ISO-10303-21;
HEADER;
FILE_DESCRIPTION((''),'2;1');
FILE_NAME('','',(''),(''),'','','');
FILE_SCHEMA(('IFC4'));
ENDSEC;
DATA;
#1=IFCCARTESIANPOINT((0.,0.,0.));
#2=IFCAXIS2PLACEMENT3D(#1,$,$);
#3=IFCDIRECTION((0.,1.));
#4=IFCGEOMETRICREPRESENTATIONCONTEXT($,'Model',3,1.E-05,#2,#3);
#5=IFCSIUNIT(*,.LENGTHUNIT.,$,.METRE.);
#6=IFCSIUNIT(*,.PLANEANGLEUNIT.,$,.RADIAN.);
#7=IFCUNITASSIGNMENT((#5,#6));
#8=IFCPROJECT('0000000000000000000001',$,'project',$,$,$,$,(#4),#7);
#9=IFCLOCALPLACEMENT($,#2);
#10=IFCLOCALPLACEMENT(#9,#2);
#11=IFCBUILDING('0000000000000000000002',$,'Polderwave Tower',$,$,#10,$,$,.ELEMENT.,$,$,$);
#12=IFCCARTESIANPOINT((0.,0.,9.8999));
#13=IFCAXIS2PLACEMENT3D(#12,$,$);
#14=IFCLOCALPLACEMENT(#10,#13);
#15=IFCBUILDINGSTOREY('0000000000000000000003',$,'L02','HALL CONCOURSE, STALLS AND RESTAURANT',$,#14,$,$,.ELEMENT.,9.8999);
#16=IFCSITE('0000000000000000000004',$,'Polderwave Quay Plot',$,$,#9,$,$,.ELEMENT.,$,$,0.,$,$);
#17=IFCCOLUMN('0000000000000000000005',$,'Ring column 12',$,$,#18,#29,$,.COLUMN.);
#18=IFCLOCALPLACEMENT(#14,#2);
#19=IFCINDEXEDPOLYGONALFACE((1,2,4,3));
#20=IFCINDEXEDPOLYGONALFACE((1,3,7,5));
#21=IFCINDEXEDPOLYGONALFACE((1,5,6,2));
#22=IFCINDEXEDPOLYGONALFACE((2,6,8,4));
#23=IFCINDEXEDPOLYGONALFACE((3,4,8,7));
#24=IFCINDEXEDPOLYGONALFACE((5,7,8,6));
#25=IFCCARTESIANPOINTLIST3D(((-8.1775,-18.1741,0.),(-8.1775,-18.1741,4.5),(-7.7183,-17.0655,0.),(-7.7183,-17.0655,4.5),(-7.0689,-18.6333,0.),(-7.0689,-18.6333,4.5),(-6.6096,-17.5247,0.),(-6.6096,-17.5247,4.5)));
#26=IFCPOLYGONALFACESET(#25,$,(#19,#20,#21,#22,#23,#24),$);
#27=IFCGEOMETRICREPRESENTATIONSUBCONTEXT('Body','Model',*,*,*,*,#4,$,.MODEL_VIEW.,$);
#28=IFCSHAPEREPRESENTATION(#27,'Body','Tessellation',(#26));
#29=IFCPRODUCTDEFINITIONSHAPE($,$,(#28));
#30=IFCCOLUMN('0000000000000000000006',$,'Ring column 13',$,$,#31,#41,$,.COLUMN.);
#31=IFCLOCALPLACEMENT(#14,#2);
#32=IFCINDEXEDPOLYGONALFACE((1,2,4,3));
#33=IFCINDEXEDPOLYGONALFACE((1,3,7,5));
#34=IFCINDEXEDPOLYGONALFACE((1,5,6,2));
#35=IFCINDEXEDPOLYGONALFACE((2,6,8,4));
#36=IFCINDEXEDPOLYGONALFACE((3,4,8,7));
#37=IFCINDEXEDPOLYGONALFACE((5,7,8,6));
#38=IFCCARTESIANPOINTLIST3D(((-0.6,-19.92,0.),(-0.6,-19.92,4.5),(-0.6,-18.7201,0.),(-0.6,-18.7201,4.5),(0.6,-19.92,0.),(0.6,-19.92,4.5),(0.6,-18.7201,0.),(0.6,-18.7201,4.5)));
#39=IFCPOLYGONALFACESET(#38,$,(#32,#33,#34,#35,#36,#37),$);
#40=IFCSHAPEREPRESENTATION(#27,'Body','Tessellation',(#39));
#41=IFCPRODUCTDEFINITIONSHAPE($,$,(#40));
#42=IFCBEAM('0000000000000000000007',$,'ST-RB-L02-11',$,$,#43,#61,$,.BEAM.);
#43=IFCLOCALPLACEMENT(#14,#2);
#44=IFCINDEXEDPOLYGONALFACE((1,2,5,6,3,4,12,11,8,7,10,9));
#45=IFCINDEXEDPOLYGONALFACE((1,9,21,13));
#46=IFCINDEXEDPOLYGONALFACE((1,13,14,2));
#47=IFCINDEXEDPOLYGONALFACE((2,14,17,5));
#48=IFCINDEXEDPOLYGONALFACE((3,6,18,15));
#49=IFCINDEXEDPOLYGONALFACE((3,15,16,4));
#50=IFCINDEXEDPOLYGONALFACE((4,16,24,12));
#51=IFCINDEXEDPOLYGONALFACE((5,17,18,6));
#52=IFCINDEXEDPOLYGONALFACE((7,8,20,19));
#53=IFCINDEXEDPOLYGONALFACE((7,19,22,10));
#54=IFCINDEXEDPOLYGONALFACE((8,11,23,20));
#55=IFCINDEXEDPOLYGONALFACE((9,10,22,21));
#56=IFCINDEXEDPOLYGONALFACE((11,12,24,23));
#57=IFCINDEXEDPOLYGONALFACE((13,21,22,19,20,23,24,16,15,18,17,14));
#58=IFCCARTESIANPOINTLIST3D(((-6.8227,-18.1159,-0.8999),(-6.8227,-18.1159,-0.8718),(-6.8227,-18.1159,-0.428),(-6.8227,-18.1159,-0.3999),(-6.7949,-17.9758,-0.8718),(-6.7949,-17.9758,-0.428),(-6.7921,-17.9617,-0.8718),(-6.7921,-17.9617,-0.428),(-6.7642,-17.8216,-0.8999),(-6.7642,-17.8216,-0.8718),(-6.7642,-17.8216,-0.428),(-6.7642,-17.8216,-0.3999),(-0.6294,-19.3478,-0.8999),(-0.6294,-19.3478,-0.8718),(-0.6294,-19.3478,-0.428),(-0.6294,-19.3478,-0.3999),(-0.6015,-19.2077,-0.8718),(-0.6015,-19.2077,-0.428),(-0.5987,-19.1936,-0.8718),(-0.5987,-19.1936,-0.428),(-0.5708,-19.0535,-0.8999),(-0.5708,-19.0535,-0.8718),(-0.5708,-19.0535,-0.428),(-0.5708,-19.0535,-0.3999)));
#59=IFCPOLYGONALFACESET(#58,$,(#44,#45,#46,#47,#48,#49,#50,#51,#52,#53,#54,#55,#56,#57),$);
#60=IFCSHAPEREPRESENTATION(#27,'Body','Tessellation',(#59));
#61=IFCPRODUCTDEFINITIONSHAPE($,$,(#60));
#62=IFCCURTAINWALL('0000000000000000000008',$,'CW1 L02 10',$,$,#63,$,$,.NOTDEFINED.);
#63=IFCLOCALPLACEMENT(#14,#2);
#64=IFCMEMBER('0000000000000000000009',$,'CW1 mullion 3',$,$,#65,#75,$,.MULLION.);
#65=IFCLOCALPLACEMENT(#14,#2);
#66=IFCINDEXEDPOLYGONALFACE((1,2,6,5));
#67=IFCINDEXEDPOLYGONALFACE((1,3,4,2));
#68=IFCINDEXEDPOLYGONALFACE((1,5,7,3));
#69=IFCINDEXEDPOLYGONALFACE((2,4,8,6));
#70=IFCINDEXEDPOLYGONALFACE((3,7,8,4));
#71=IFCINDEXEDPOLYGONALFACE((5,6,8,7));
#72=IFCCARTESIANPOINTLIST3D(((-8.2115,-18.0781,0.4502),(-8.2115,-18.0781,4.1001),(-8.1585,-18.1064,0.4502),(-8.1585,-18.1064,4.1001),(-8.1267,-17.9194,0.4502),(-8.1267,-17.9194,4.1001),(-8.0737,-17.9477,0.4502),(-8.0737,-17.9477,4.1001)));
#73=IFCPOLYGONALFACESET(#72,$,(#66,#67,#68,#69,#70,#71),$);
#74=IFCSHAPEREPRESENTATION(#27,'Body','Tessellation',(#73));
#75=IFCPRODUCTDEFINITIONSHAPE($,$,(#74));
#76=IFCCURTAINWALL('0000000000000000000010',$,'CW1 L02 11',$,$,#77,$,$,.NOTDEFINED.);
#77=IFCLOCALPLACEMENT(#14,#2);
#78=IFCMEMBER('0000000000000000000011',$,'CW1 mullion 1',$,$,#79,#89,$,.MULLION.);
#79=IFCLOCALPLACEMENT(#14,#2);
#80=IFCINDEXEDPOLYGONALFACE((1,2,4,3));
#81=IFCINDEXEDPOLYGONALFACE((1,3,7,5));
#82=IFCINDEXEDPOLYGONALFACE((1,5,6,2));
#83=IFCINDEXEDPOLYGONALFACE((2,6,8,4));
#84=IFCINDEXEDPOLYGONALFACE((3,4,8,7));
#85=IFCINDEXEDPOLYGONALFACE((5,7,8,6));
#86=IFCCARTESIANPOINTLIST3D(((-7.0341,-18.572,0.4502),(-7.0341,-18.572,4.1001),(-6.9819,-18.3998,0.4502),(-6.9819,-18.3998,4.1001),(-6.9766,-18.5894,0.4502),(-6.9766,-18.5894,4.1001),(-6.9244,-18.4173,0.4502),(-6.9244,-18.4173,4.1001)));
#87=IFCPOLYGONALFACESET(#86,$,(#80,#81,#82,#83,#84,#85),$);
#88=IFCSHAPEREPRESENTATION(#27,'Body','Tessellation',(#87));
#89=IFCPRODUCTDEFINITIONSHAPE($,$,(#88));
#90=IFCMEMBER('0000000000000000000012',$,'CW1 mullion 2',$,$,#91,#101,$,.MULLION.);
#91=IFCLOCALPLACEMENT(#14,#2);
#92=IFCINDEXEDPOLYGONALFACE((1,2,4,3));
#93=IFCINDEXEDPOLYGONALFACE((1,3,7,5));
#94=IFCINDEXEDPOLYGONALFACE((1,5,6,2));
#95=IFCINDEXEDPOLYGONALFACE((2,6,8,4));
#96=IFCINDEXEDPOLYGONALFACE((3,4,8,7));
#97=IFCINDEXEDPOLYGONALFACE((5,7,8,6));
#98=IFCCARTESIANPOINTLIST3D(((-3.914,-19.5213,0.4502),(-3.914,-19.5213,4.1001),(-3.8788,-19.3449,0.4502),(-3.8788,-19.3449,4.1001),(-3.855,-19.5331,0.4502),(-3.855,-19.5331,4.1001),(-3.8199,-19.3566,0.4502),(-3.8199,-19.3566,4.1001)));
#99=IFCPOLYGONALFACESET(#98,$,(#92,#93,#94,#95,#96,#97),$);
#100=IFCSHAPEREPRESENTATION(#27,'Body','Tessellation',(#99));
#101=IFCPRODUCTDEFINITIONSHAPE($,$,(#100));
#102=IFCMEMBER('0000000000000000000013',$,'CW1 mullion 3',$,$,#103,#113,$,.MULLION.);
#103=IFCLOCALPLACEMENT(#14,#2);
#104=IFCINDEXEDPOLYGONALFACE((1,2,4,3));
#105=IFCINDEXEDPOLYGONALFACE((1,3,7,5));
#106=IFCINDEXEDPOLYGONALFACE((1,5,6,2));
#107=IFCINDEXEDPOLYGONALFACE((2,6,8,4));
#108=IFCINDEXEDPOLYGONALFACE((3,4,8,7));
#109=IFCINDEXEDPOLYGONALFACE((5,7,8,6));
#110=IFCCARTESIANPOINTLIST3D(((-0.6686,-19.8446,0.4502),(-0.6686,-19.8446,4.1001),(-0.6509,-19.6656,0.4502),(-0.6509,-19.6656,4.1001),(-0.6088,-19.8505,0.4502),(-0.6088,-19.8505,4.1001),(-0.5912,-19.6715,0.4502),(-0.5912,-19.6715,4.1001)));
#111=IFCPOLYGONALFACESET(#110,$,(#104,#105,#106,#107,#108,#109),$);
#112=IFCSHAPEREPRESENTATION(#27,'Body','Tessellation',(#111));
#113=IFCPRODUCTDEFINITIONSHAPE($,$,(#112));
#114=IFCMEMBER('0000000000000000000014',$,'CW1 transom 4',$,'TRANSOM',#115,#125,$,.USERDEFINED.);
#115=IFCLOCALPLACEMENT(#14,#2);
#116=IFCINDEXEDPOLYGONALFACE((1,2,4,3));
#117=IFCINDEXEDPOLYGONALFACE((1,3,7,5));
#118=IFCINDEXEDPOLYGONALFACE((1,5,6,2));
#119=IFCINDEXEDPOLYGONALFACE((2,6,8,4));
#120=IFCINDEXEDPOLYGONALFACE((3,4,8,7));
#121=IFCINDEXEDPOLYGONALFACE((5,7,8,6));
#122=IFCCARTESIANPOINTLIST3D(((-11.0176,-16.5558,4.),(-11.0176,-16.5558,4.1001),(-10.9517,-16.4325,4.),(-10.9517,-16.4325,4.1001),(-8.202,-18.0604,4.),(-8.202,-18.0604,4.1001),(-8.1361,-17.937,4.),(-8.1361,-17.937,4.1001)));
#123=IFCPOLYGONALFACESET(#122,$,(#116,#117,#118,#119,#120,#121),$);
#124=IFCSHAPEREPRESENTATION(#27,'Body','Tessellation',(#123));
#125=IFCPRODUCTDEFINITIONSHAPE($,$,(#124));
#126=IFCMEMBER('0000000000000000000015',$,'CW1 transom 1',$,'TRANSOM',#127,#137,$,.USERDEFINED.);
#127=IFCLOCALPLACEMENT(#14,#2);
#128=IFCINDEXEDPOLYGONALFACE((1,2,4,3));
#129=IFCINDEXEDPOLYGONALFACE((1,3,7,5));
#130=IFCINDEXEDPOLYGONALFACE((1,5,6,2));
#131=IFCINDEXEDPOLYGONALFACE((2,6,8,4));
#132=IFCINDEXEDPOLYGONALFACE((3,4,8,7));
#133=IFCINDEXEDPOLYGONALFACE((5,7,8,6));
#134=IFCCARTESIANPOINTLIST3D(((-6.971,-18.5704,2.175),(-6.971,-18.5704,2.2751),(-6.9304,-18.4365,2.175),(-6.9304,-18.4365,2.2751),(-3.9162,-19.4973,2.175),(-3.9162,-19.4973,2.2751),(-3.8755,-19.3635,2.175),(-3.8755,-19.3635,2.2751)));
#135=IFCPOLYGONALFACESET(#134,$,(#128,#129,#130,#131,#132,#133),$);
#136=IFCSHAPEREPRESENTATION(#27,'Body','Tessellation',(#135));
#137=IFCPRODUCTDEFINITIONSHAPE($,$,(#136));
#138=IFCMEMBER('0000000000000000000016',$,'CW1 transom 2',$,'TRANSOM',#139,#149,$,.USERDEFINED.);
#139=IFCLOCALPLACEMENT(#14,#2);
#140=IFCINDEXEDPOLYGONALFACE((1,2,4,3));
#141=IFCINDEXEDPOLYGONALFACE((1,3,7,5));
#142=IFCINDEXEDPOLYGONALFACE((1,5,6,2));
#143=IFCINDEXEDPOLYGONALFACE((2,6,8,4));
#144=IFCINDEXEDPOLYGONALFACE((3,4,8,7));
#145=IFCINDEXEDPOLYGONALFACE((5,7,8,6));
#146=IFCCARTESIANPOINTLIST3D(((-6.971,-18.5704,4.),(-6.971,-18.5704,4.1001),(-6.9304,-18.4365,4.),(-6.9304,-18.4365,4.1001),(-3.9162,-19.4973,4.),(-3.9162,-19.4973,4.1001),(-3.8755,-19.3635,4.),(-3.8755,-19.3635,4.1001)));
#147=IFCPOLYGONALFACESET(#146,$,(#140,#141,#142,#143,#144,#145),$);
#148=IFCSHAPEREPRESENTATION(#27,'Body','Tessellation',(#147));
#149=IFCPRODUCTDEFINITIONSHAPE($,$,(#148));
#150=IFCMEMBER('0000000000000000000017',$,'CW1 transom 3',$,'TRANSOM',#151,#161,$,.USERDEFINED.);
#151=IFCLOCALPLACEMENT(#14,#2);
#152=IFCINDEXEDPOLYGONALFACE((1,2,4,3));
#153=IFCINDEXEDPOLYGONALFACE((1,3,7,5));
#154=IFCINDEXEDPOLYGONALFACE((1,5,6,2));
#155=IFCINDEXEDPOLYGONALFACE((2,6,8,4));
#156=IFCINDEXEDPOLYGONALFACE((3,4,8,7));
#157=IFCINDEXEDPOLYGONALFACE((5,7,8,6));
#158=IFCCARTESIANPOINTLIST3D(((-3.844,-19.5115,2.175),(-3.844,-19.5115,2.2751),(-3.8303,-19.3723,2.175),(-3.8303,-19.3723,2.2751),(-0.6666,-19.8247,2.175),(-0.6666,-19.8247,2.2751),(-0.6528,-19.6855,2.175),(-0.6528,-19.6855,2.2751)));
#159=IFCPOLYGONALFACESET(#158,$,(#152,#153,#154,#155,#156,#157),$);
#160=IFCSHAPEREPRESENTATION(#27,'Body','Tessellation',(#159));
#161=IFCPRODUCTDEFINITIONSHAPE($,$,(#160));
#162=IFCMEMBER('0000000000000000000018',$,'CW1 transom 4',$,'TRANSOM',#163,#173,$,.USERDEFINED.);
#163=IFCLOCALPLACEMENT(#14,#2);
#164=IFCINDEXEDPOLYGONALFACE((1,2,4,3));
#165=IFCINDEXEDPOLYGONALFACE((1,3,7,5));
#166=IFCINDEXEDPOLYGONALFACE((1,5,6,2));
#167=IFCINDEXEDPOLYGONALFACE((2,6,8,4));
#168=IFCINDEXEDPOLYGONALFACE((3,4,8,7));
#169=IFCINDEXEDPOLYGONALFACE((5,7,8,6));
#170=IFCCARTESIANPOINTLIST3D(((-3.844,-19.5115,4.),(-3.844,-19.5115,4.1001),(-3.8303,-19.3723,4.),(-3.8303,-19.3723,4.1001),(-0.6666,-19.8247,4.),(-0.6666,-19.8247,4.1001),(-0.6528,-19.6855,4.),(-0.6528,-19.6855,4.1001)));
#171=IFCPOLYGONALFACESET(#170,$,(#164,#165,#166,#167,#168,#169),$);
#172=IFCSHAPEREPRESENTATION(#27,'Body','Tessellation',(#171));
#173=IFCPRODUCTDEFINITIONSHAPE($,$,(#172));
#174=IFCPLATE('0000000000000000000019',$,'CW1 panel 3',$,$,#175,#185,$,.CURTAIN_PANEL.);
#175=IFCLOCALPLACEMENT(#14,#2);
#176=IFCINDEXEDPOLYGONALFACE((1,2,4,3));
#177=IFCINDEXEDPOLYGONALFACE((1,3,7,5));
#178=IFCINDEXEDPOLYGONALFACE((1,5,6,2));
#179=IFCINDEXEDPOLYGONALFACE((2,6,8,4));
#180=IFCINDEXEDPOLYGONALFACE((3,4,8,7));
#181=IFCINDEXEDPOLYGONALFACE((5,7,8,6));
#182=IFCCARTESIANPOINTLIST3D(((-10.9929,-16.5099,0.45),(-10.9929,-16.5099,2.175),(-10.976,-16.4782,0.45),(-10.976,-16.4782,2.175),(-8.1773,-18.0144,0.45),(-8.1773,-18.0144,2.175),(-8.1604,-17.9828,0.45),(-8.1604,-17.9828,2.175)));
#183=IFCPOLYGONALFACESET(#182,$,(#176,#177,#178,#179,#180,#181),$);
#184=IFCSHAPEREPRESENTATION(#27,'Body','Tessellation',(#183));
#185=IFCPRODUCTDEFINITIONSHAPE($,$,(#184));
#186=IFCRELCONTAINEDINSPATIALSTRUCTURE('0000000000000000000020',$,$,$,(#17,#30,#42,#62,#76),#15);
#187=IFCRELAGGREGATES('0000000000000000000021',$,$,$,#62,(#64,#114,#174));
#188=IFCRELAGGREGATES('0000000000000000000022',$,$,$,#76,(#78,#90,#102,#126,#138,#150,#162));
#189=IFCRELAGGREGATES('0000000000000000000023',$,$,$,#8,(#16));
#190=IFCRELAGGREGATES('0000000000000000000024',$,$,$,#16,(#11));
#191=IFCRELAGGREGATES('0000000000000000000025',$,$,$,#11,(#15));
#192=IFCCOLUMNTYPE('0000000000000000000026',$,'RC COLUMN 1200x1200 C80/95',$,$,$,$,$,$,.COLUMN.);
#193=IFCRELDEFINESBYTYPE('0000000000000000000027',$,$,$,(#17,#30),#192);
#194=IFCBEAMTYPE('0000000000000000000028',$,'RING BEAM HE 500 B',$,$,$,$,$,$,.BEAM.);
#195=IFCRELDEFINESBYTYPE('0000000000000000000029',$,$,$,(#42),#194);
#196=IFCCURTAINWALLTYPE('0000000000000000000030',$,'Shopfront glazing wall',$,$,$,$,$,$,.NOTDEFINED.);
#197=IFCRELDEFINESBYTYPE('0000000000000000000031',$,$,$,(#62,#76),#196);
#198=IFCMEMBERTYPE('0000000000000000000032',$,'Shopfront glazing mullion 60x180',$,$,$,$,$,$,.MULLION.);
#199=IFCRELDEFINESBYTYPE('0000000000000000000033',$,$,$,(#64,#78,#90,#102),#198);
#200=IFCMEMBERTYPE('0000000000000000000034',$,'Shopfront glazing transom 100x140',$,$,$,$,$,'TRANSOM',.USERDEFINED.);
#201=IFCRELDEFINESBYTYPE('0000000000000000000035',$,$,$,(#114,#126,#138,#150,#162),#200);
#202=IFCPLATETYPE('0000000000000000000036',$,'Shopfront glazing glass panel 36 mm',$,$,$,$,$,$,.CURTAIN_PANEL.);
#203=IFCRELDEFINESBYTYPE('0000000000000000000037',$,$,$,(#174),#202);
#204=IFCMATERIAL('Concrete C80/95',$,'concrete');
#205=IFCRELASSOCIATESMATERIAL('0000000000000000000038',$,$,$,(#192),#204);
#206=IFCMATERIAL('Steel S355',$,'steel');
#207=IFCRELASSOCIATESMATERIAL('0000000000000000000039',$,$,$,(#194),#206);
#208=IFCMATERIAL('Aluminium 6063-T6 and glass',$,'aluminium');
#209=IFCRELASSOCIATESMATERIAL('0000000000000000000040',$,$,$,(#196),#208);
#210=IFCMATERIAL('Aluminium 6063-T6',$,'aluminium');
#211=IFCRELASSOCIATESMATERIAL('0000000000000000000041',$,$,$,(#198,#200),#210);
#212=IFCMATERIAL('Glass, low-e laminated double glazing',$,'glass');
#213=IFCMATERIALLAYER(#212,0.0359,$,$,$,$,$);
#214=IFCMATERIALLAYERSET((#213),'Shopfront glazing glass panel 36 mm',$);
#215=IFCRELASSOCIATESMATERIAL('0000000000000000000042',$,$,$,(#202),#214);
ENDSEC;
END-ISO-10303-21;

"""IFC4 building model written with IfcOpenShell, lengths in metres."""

from ifc_helpers import new_model, si_unit, direction, frame, origin, origin_2d, place, context, subcontext, project, spatial, rectangle, i_section, extrude, material, layer, layer_set, material_profile, profile_set, type_object, element, aggregate, save


model = new_model("IFC4")

# Units and contexts
model_context = context("Model", 3, precision=1e-05, world=origin(), true_north=direction((0.0, 1.0)))
body_context = subcontext(model_context, "Body", "Model", "MODEL_VIEW")
ifc_project = project(units=[si_unit("LENGTHUNIT", "METRE"), si_unit("PLANEANGLEUNIT", "RADIAN")], contexts=[model_context])

# Site, building, storey
site_placement = place(None, origin())
site = spatial("IfcSite", under=ifc_project, at=site_placement, Name="Polderwave Quay Plot", CompositionType="ELEMENT", RefElevation=0.0)
building_placement = place(site_placement, origin())
building = spatial("IfcBuilding", under=site, at=building_placement, Name="Polderwave Tower", CompositionType="ELEMENT")
storey_placement = place(building_placement, frame((0.0, 0.0, 9.8999)))
storey = spatial("IfcBuildingStorey", under=building, at=storey_placement, Name="L02", Description="HALL CONCOURSE, STALLS AND RESTAURANT", CompositionType="ELEMENT", Elevation=9.8999)

# Columns
ifc_material_1 = material(Name="Concrete C80/95", Category="concrete")
ifc_material_profile_1 = material_profile(ifc_material_1, rectangle(XDim=1.2, YDim=1.2, at=origin_2d()), Name="RC 1200x1200")
ifc_profile_set_1 = profile_set([ifc_material_profile_1], Name="Concrete C80/95")
column_type = type_object("IfcColumnType", Name="RC COLUMN 1200x1200 C80/95", PredefinedType="COLUMN", material=ifc_profile_set_1)
for number, where, z_axis, x_axis, name in (
    (1, (-7.3936, -17.8494, 0.0), (0.0, 0.0, 1.0), (-0.382683, -0.92388, 0.0), "Ring column 12"),
    (2, (0.0, -19.3201, 0.0), (0.0, 0.0, 1.0), (0.0, -1.0, 0.0), "Ring column 13"),
):
    element("IfcColumn", number, at=place(storey_placement, frame(where, z_axis=z_axis, x_axis=x_axis)), inside=storey, type_object=column_type, Name=name, PredefinedType="COLUMN", context=body_context, shape_type="SweptSolid", body=[
        extrude(rectangle(XDim=1.2, YDim=1.2, at=origin_2d()), origin(), (0.0, 0.0, 1.0), 4.5),
    ])

# Beam
ifc_material_2 = material(Name="Steel S355", Category="steel")
ifc_material_profile_2 = material_profile(ifc_material_2, i_section(OverallWidth=0.3, OverallDepth=0.5, WebThickness=0.0144, FlangeThickness=0.0281, at=origin_2d()), Name="HE 500 B")
ifc_profile_set_2 = profile_set([ifc_material_profile_2], Name="Steel S355")
beam_type = type_object("IfcBeamType", Name="RING BEAM HE 500 B", PredefinedType="BEAM", material=ifc_profile_set_2)
beam_placement = place(storey_placement, frame((-6.7935, -17.9688, -0.6499), z_axis=(0.980785, -0.19509, 0.0), x_axis=(0.19509, 0.980785, 0.0)))
element("IfcBeam", 3, at=beam_placement, inside=storey, type_object=beam_type, Name="ST-RB-L02-11", PredefinedType="BEAM", context=body_context, shape_type="SweptSolid", body=[
    extrude(i_section(OverallWidth=0.3, OverallDepth=0.5, WebThickness=0.0144, FlangeThickness=0.0281, at=origin_2d()), origin(), (0.0, 0.0, 1.0), 6.3147),
])

# Curtain wall, member
ifc_material_3 = material(Name="Aluminium 6063-T6 and glass", Category="aluminium")
curtain_wall_type = type_object("IfcCurtainWallType", Name="Shopfront glazing wall", PredefinedType="NOTDEFINED", material=ifc_material_3)
curtain_wall_1_placement = place(storey_placement, origin())
curtain_wall_1 = element("IfcCurtainWall", 4, at=curtain_wall_1_placement, inside=storey, type_object=curtain_wall_type, Name="CW1 L02 10", PredefinedType="NOTDEFINED")
ifc_material_4 = material(Name="Aluminium 6063-T6", Category="aluminium")
ifc_material_profile_3 = material_profile(ifc_material_4, rectangle(XDim=0.1799, YDim=0.0601, at=origin_2d()), Name="AL 60x180")
ifc_profile_set_3 = profile_set([ifc_material_profile_3], Name="Aluminium 6063-T6")
member_type_1 = type_object("IfcMemberType", Name="Shopfront glazing mullion 60x180", PredefinedType="MULLION", material=ifc_profile_set_3)
member_1_placement = place(storey_placement, frame((-8.1426, -18.0129, 0.4502), z_axis=(0.0, 0.0, 1.0), x_axis=(0.4713, 0.881973, 0.0)))
member_1 = element("IfcMember", 5, at=member_1_placement, type_object=member_type_1, Name="CW1 mullion 3", PredefinedType="MULLION", context=body_context, shape_type="SweptSolid", body=[
    extrude(rectangle(XDim=0.1799, YDim=0.0601, at=origin_2d()), origin(), (0.0, 0.0, 1.0), 3.6499),
])

# Curtain wall, members
curtain_wall_2_placement = place(storey_placement, origin())
curtain_wall_2 = element("IfcCurtainWall", 6, at=curtain_wall_2_placement, inside=storey, type_object=curtain_wall_type, Name="CW1 L02 11", PredefinedType="NOTDEFINED")
member_2_placement = place(storey_placement, frame((-6.9792, -18.4946, 0.4502), z_axis=(0.0, 0.0, 1.0), x_axis=(0.290336, 0.956925, 0.0)))
member_2 = element("IfcMember", 7, at=member_2_placement, type_object=member_type_1, Name="CW1 mullion 1", PredefinedType="MULLION", context=body_context, shape_type="SweptSolid", body=[
    extrude(rectangle(XDim=0.1799, YDim=0.0601, at=origin_2d()), origin(), (0.0, 0.0, 1.0), 3.6499),
])
member_3_placement = place(storey_placement, frame((-3.8669, -19.439, 0.4502), z_axis=(0.0, 0.0, 1.0), x_axis=(0.195152, 0.980773, 0.0)))
member_3 = element("IfcMember", 8, at=member_3_placement, type_object=member_type_1, Name="CW1 mullion 2", PredefinedType="MULLION", context=body_context, shape_type="SweptSolid", body=[
    extrude(rectangle(XDim=0.1799, YDim=0.0601, at=origin_2d()), origin(), (0.0, 0.0, 1.0), 3.6499),
])
member_4_placement = place(storey_placement, frame((-0.6299, -19.7581, 0.4502), z_axis=(0.0, 0.0, 1.0), x_axis=(0.098087, 0.995178, 0.0)))
member_4 = element("IfcMember", 9, at=member_4_placement, type_object=member_type_1, Name="CW1 mullion 3", PredefinedType="MULLION", context=body_context, shape_type="SweptSolid", body=[
    extrude(rectangle(XDim=0.1799, YDim=0.0601, at=origin_2d()), origin(), (0.0, 0.0, 1.0), 3.6499),
])

# Members
ifc_material_profile_4 = material_profile(ifc_material_4, rectangle(XDim=0.1399, YDim=0.1001, at=origin_2d()), Name="AL 100x140")
ifc_profile_set_4 = profile_set([ifc_material_profile_4], Name="Aluminium 6063-T6")
member_type_2 = type_object("IfcMemberType", Name="Shopfront glazing transom 100x140", ElementType="TRANSOM", PredefinedType="USERDEFINED", material=ifc_profile_set_4)
member_5_placement = place(storey_placement, frame((-10.9846, -16.4941, 4.05), z_axis=(0.881969, -0.471307, 0.0), x_axis=(0.471307, 0.881969, 0.0)))
member_5 = element("IfcMember", 10, at=member_5_placement, type_object=member_type_2, Name="CW1 transom 4", ObjectType="TRANSOM", PredefinedType="USERDEFINED", context=body_context, shape_type="SweptSolid", body=[
    extrude(rectangle(XDim=0.1399, YDim=0.1001, at=origin_2d()), origin(), (0.0, 0.0, 1.0), 3.1924),
])
member_6_placement = place(storey_placement, frame((-6.9507, -18.5034, 2.2251), z_axis=(0.956914, -0.29037, 0.0), x_axis=(0.29037, 0.956914, 0.0)))
member_6 = element("IfcMember", 11, at=member_6_placement, type_object=member_type_2, Name="CW1 transom 1", ObjectType="TRANSOM", PredefinedType="USERDEFINED", context=body_context, shape_type="SweptSolid", body=[
    extrude(rectangle(XDim=0.1399, YDim=0.1001, at=origin_2d()), origin(), (0.0, 0.0, 1.0), 3.1924),
])
member_7_placement = place(storey_placement, frame((-6.9507, -18.5034, 4.05), z_axis=(0.956914, -0.29037, 0.0), x_axis=(0.29037, 0.956914, 0.0)))
member_7 = element("IfcMember", 12, at=member_7_placement, type_object=member_type_2, Name="CW1 transom 2", ObjectType="TRANSOM", PredefinedType="USERDEFINED", context=body_context, shape_type="SweptSolid", body=[
    extrude(rectangle(XDim=0.1399, YDim=0.1001, at=origin_2d()), origin(), (0.0, 0.0, 1.0), 3.1924),
])
member_8_placement = place(storey_placement, frame((-3.8372, -19.4419, 2.2251), z_axis=(0.995176, -0.098103, 0.0), x_axis=(0.098103, 0.995176, 0.0)))
member_8 = element("IfcMember", 13, at=member_8_placement, type_object=member_type_2, Name="CW1 transom 3", ObjectType="TRANSOM", PredefinedType="USERDEFINED", context=body_context, shape_type="SweptSolid", body=[
    extrude(rectangle(XDim=0.1399, YDim=0.1001, at=origin_2d()), origin(), (0.0, 0.0, 1.0), 3.1929),
])
member_9_placement = place(storey_placement, frame((-3.8372, -19.4419, 4.05), z_axis=(0.995176, -0.098103, 0.0), x_axis=(0.098103, 0.995176, 0.0)))
member_9 = element("IfcMember", 14, at=member_9_placement, type_object=member_type_2, Name="CW1 transom 4", ObjectType="TRANSOM", PredefinedType="USERDEFINED", context=body_context, shape_type="SweptSolid", body=[
    extrude(rectangle(XDim=0.1399, YDim=0.1001, at=origin_2d()), origin(), (0.0, 0.0, 1.0), 3.1929),
])

# Plate
ifc_material_5 = material(Name="Glass, low-e laminated double glazing", Category="glass")
ifc_layer_1 = layer(ifc_material_5, 0.0359)
ifc_layer_set_1 = layer_set([ifc_layer_1], Name="Shopfront glazing glass panel 36 mm")
plate_type = type_object("IfcPlateType", Name="Shopfront glazing glass panel 36 mm", PredefinedType="CURTAIN_PANEL", material=ifc_layer_set_1)
plate_1_placement = place(storey_placement, frame((-9.5767, -17.2463, 0.45), z_axis=(0.0, 0.0, 1.0), x_axis=(0.881973, -0.4713, 0.0)))
plate_1 = element("IfcPlate", 15, at=plate_1_placement, type_object=plate_type, Name="CW1 panel 3", PredefinedType="CURTAIN_PANEL", context=body_context, shape_type="SweptSolid", body=[
    extrude(rectangle(XDim=3.1924, YDim=0.0359, at=origin_2d()), origin(), (0.0, 0.0, 1.0), 1.7251),
])
aggregate(curtain_wall_1, [member_1, member_5, plate_1])
aggregate(curtain_wall_2, [member_2, member_3, member_4, member_6, member_7, member_8, member_9])

save(model, "model.ifc")
